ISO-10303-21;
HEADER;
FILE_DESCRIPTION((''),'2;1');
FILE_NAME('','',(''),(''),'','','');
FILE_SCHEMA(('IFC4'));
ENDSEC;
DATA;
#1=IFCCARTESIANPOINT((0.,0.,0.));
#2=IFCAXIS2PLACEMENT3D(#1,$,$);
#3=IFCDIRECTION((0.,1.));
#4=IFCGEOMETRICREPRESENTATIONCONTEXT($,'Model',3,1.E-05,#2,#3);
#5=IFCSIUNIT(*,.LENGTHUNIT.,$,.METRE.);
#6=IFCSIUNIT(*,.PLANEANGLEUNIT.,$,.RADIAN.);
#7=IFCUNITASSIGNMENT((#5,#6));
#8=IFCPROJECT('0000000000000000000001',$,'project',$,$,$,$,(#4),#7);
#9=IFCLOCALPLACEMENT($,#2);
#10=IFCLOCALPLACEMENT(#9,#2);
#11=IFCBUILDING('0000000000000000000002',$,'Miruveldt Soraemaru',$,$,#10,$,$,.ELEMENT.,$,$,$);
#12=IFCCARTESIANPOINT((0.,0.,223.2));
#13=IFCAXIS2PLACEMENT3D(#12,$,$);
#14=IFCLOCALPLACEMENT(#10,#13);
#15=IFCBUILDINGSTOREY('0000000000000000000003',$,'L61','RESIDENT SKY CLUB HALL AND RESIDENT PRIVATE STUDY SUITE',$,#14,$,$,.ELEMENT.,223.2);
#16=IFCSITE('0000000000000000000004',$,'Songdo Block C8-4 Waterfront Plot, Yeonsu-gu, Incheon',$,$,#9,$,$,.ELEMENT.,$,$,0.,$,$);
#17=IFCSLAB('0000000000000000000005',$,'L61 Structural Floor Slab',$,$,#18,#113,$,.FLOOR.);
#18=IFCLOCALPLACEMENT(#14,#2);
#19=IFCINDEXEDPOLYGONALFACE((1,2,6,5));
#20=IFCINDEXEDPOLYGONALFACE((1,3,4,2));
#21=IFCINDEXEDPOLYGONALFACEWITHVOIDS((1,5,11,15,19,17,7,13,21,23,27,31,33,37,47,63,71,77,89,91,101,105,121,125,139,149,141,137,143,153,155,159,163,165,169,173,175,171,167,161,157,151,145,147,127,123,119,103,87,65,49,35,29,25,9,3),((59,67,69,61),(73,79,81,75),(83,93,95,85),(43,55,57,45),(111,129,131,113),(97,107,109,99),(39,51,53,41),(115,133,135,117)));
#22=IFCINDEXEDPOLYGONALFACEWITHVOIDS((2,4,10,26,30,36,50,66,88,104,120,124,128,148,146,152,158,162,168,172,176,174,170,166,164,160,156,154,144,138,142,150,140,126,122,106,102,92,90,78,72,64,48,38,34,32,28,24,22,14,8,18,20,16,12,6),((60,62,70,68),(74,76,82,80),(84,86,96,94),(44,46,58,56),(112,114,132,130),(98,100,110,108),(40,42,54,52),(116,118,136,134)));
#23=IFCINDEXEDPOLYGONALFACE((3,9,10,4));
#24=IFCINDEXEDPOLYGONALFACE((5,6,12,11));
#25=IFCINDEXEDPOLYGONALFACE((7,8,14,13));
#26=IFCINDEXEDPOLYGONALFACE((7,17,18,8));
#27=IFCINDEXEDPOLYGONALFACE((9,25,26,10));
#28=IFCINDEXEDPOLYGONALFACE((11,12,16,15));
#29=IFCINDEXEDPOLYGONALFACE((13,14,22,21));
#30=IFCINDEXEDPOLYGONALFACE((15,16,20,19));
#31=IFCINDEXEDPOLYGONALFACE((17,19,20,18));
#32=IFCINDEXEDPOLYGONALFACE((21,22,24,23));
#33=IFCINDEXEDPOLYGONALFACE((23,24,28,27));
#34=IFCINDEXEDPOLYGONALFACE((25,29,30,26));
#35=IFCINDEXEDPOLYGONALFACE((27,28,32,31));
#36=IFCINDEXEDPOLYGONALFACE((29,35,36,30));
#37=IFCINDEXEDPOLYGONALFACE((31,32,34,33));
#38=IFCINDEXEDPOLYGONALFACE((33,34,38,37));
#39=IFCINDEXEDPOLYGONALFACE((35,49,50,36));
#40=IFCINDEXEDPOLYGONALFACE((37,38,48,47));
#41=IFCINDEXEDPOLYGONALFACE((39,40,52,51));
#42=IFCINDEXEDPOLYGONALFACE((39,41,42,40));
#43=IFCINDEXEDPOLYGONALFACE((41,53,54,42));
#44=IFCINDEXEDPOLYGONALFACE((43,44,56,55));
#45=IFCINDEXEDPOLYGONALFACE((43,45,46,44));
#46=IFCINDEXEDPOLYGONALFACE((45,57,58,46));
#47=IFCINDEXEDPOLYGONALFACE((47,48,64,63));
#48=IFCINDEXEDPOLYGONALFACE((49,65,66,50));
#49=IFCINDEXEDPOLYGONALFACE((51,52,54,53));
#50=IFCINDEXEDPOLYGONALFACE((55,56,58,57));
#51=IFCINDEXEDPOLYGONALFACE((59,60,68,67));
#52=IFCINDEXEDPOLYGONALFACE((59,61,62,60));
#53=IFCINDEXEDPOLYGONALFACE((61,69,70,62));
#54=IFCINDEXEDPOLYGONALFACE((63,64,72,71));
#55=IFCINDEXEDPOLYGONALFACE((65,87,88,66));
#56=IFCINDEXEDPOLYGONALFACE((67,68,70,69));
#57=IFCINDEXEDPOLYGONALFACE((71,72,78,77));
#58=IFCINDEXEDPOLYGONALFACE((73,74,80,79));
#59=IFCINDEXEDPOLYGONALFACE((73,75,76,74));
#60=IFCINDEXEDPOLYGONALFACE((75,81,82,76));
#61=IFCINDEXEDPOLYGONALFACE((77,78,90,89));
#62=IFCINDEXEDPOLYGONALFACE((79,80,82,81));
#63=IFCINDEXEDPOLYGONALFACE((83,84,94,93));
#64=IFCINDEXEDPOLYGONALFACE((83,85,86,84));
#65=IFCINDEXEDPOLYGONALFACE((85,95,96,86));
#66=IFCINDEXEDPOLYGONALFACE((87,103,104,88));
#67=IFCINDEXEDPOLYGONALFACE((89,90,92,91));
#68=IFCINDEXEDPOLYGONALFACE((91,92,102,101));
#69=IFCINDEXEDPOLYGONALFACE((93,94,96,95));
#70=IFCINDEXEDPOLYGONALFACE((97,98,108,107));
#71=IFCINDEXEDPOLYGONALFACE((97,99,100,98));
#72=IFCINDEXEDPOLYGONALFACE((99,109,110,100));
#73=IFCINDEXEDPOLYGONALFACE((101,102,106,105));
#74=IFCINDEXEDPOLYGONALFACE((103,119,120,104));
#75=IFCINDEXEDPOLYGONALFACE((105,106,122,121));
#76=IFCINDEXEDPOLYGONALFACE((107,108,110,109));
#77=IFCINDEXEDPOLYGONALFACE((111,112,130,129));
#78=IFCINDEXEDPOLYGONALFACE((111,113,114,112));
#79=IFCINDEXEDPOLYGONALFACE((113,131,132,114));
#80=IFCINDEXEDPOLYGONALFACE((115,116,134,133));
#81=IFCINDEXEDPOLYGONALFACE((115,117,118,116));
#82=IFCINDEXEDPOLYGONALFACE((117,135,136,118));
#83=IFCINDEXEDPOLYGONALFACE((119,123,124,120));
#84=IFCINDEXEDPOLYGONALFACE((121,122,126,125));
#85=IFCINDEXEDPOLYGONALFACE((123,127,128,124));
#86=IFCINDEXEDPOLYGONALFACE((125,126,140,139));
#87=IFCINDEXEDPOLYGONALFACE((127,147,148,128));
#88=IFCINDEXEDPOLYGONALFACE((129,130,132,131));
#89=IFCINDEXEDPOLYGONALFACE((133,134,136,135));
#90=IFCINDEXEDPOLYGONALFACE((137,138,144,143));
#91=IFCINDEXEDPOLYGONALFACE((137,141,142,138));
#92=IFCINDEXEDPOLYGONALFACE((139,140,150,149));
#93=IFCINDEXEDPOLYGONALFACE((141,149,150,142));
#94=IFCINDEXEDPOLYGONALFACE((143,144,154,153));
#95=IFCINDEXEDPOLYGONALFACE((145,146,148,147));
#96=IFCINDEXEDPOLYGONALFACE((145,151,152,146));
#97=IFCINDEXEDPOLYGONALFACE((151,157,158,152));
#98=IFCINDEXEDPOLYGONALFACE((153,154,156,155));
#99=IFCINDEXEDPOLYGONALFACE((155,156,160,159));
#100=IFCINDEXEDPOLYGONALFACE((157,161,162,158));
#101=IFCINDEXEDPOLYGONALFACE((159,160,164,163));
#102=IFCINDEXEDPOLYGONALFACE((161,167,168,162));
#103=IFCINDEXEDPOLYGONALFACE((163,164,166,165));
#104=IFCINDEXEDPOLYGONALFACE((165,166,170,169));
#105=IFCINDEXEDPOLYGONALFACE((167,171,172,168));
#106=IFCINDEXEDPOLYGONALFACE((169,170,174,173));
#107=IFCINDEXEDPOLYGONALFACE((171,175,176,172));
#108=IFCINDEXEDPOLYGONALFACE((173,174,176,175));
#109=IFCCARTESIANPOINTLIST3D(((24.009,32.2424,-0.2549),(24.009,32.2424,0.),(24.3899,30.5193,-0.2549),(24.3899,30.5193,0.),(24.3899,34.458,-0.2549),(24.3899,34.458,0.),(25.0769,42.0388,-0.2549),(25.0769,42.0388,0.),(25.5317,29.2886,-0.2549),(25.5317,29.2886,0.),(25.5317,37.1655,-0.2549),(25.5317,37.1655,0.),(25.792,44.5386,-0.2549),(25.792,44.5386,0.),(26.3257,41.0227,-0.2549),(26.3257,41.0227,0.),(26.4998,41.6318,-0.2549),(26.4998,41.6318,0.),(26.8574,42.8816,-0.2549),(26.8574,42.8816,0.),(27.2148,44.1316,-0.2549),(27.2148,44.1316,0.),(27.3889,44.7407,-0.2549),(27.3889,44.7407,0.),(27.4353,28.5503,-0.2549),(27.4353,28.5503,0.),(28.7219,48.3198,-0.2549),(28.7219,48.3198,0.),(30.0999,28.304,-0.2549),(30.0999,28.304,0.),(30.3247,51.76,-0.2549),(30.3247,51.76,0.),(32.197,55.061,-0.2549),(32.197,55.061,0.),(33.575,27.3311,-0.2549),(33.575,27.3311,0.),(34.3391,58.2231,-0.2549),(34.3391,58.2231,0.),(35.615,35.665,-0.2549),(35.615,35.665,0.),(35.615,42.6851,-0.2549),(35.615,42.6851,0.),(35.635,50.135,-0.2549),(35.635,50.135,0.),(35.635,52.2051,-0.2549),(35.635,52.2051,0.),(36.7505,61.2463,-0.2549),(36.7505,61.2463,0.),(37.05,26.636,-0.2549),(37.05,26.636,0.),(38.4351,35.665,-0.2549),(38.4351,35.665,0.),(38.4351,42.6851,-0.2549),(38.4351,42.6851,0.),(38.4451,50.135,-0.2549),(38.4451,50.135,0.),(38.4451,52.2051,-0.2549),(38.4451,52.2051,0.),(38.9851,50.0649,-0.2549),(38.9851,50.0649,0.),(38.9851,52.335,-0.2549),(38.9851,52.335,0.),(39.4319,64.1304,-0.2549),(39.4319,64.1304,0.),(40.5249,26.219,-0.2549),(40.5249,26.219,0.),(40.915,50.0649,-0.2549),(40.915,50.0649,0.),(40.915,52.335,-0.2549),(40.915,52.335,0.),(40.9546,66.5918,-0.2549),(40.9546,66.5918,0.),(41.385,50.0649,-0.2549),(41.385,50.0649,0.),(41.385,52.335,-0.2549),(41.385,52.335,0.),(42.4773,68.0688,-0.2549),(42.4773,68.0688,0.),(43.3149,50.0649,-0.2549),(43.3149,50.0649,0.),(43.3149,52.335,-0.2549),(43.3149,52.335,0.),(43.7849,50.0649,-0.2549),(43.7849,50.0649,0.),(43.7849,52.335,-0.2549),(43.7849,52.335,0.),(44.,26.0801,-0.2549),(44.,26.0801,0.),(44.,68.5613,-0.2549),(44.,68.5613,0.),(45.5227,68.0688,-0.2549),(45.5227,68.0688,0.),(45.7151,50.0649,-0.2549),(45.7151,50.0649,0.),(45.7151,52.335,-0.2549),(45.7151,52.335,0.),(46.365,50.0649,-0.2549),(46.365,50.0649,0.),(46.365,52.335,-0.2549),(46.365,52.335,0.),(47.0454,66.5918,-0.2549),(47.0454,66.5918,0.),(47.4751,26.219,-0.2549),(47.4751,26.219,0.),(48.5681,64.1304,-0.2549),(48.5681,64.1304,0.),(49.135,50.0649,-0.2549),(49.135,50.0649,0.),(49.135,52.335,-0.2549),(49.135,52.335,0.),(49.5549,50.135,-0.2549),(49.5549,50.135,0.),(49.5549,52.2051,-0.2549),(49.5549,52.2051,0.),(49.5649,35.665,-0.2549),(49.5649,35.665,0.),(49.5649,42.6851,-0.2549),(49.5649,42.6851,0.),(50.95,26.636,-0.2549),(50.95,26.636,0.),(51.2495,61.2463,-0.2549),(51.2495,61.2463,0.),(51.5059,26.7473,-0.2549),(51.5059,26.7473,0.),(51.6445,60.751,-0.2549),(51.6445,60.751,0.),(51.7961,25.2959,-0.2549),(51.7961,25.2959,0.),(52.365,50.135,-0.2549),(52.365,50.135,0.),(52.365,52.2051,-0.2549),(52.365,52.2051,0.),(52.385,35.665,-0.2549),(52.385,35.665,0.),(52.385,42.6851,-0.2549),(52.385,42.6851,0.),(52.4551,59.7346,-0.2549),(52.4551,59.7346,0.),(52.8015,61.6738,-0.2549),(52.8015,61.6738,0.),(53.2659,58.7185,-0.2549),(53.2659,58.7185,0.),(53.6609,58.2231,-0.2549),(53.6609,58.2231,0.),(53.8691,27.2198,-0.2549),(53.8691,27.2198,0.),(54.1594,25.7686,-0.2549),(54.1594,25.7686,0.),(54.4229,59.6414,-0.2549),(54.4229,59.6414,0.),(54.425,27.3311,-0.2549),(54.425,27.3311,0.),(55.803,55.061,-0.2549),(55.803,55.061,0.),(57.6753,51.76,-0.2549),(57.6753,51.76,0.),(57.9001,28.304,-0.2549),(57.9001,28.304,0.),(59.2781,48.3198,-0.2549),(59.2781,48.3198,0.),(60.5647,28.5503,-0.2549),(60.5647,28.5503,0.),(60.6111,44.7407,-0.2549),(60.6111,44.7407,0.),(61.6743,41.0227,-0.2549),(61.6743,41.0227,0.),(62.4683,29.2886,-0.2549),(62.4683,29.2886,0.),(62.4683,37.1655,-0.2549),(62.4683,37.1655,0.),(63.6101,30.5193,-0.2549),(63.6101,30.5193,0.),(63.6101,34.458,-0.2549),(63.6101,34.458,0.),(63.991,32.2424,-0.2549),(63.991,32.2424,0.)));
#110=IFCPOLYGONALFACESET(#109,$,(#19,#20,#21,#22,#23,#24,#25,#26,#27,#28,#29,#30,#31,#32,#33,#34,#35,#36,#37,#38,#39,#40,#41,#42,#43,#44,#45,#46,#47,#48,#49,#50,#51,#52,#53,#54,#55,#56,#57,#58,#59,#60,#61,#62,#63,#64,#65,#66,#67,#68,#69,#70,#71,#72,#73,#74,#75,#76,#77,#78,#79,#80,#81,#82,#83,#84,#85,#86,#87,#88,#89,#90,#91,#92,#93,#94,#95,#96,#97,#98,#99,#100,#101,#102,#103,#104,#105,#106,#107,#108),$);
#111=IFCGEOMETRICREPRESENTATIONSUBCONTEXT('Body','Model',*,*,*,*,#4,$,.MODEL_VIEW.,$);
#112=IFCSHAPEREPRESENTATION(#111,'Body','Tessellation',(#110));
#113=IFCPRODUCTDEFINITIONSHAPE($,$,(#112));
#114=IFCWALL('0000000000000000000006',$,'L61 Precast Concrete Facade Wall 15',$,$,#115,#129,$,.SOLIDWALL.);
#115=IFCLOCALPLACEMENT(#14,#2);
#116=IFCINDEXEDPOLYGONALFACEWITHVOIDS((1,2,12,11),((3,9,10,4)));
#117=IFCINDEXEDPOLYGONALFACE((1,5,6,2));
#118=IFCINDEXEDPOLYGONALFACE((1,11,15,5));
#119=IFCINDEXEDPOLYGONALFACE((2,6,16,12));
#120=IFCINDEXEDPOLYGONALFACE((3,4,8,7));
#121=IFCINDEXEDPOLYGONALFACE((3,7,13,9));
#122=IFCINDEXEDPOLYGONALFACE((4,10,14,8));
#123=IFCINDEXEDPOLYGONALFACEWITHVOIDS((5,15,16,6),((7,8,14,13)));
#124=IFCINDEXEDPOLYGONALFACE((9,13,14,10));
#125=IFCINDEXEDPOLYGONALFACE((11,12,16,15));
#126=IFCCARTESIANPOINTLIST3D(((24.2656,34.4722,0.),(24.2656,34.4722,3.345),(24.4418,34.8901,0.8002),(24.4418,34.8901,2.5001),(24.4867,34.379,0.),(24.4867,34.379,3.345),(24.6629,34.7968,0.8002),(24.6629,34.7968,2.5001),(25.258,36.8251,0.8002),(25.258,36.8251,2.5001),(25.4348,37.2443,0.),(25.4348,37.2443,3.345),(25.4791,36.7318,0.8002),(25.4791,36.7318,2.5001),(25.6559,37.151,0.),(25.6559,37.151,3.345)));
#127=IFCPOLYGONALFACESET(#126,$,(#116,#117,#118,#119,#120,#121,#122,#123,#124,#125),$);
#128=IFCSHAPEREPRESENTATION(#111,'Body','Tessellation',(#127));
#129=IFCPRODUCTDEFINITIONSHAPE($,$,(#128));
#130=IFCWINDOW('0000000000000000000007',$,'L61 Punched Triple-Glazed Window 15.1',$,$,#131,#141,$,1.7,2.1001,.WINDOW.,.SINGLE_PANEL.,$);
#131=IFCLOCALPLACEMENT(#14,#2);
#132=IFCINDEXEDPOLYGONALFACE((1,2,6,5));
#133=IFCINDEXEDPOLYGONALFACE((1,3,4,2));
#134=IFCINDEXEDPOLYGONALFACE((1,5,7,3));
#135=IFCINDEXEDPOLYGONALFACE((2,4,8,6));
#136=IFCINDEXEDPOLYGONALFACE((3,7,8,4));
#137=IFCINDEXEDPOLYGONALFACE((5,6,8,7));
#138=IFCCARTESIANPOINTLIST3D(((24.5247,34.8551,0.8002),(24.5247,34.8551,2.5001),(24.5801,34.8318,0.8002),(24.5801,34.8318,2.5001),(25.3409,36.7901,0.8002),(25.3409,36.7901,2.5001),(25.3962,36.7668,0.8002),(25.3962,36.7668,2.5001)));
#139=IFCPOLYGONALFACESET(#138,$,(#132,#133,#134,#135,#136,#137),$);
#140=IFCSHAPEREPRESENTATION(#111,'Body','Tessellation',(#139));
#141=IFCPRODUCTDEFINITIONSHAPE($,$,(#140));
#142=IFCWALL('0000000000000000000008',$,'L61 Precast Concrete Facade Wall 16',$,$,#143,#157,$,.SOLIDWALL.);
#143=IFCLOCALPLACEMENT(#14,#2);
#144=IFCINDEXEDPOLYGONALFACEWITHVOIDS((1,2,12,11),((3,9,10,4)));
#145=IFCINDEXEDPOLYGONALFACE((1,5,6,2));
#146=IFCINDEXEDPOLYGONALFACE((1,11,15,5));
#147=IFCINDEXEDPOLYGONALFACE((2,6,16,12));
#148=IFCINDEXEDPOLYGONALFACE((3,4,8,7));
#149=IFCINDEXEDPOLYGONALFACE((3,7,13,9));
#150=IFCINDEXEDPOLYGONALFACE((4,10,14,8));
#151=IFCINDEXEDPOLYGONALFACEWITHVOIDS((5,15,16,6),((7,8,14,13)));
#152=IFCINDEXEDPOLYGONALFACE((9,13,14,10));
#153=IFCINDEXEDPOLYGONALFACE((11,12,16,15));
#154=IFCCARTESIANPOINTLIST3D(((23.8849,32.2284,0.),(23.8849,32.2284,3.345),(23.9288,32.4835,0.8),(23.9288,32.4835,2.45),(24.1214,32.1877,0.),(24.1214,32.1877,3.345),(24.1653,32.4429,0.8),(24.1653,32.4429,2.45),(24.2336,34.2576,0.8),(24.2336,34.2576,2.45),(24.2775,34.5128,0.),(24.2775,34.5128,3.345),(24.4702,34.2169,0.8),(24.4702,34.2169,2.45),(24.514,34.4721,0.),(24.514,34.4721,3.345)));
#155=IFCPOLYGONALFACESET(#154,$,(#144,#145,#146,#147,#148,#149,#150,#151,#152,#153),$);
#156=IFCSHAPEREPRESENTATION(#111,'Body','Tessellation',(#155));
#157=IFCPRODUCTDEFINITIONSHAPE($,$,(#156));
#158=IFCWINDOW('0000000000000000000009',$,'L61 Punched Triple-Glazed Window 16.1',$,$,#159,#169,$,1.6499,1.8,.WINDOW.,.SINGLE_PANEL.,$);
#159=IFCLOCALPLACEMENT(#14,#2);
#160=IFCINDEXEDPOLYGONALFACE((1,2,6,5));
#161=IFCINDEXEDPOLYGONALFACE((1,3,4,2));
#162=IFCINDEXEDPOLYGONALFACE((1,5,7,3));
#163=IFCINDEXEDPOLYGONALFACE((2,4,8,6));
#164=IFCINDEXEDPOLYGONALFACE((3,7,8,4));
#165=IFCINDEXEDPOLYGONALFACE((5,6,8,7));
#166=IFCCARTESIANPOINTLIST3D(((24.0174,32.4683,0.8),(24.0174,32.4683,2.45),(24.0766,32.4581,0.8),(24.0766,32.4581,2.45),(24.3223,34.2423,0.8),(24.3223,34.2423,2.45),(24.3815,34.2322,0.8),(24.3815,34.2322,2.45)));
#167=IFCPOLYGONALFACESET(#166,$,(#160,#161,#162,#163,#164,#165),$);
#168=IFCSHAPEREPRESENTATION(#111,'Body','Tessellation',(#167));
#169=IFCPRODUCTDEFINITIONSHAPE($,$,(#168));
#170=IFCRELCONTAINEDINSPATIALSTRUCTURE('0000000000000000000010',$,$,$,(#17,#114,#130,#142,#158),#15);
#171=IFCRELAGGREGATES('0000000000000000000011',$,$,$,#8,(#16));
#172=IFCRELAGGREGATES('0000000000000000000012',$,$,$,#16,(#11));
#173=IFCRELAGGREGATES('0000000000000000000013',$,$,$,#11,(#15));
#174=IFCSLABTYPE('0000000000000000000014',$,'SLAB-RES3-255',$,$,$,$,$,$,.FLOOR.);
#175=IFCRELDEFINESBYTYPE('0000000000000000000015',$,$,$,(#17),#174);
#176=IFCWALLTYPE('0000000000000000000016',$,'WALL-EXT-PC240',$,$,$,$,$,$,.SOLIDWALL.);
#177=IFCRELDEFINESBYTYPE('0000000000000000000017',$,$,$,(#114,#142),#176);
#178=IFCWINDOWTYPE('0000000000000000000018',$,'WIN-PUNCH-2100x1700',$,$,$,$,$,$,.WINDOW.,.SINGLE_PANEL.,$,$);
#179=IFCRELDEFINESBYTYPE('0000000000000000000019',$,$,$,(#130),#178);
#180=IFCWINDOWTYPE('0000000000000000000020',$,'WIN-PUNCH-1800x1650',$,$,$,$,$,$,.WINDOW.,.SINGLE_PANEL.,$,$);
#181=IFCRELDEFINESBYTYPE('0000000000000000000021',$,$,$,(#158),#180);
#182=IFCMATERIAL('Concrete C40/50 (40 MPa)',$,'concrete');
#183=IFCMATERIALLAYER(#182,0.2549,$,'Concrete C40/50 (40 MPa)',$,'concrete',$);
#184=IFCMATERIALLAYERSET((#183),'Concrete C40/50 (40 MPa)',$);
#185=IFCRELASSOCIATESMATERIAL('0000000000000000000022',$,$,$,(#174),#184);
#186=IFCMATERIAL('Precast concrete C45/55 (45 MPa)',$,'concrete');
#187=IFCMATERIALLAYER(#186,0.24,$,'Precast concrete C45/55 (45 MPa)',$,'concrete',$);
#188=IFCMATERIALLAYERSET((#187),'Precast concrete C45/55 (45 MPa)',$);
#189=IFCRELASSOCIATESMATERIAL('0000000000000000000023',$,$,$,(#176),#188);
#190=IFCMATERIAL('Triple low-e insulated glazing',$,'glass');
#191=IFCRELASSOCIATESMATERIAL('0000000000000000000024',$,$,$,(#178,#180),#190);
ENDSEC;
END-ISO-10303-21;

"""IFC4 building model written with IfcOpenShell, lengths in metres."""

from ifc_helpers import new_model, si_unit, direction, frame, frame_2d, origin, place, context, subcontext, project, spatial, polyline, rectangle, outline, extrude, material, layer, layer_set, type_object, element, fill, save


model = new_model("IFC4")

# Units and contexts
model_context = context("Model", 3, precision=1e-05, world=origin(), true_north=direction((0.0, 1.0)))
body_context = subcontext(model_context, "Body", "Model", "MODEL_VIEW")
ifc_project = project(units=[si_unit("LENGTHUNIT", "METRE"), si_unit("PLANEANGLEUNIT", "RADIAN")], contexts=[model_context])

# Site, building, storey
site_placement = place(None, origin())
site = spatial("IfcSite", under=ifc_project, at=site_placement, Name="Songdo Block C8-4 Waterfront Plot, Yeonsu-gu, Incheon", CompositionType="ELEMENT", RefElevation=0.0)
building_placement = place(site_placement, origin())
building = spatial("IfcBuilding", under=site, at=building_placement, Name="Miruveldt Soraemaru", CompositionType="ELEMENT")
storey_placement = place(building_placement, frame((0.0, 0.0, 223.2)))
storey = spatial("IfcBuildingStorey", under=building, at=storey_placement, Name="L61", Description="RESIDENT SKY CLUB HALL AND RESIDENT PRIVATE STUDY SUITE", CompositionType="ELEMENT", Elevation=223.2)

# Shared definitions
ifc_material_1 = material(Name="Concrete C40/50 (40 MPa)", Category="concrete")

# Slab
ifc_layer_1 = layer(ifc_material_1, 0.2549, Name="Concrete C40/50 (40 MPa)", Category="concrete")
ifc_layer_set_1 = layer_set([ifc_layer_1], Name="Concrete C40/50 (40 MPa)")
slab_type_1 = type_object("IfcSlabType", Name="SLAB-RES3-255", PredefinedType="FLOOR", material=ifc_layer_set_1)
slab_1_placement = place(storey_placement, frame((0.0, 0.0, -0.2549)))
element("IfcSlab", 1, at=slab_1_placement, inside=storey, type_object=slab_type_1, Name="L61 Structural Floor Slab", PredefinedType="FLOOR", context=body_context, shape_type="SweptSolid", body=[
    extrude(outline(polyline([(51.7961, 25.2959), (51.5059, 26.7473), (50.95, 26.636), (47.4751, 26.219), (44.0, 26.0801), (40.5249, 26.219), (37.05, 26.636), (33.575, 27.3311), (30.0999, 28.304), (27.4353, 28.5503), (25.5317, 29.2886), (24.3899, 30.5193), (24.009, 32.2424), (24.3899, 34.458), (25.5317, 37.1655), (26.3257, 41.0227), (26.8574, 42.8816), (26.4998, 41.6318), (25.0769, 42.0388), (25.792, 44.5386), (27.2148, 44.1316), (27.3889, 44.7407), (28.7219, 48.3198), (30.3247, 51.76), (32.197, 55.061), (34.3391, 58.2231), (36.7505, 61.2463), (39.4319, 64.1304), (40.9546, 66.5918), (42.4773, 68.0688), (44.0, 68.5613), (45.5227, 68.0688), (47.0454, 66.5918), (48.5681, 64.1304), (51.2495, 61.2463), (51.6445, 60.751), (52.8015, 61.6738), (54.4229, 59.6414), (53.2659, 58.7185), (52.4551, 59.7346), (53.6609, 58.2231), (55.803, 55.061), (57.6753, 51.76), (59.2781, 48.3198), (60.6111, 44.7407), (61.6743, 41.0227), (62.4683, 37.1655), (63.6101, 34.458), (63.991, 32.2424), (63.6101, 30.5193), (62.4683, 29.2886), (60.5647, 28.5503), (57.9001, 28.304), (54.425, 27.3311), (52.6875, 26.9834), (53.8691, 27.2197), (54.1594, 25.7686), (51.7961, 25.2959)]), holes=[polyline([(35.615, 35.665), (38.4351, 35.665), (38.4351, 42.6851), (35.615, 42.6851), (35.615, 35.665)]), polyline([(49.5649, 35.665), (52.385, 35.665), (52.385, 42.6851), (49.5649, 42.6851), (49.5649, 35.665)]), polyline([(38.4451, 50.135), (38.4451, 52.2051), (35.635, 52.2051), (35.635, 50.135), (38.4451, 50.135)]), polyline([(52.365, 50.135), (52.365, 52.2051), (49.5549, 52.2051), (49.5549, 50.135), (52.365, 50.135)]), polyline([(40.915, 50.0649), (40.915, 52.335), (38.9851, 52.335), (38.9851, 50.0649), (40.915, 50.0649)]), polyline([(43.3149, 50.0649), (43.3149, 52.335), (41.385, 52.335), (41.385, 50.0649), (43.3149, 50.0649)]), polyline([(45.7151, 50.0649), (45.7151, 52.335), (43.7849, 52.335), (43.7849, 50.0649), (45.7151, 50.0649)]), polyline([(49.135, 50.0649), (49.135, 52.335), (46.365, 52.335), (46.365, 50.0649), (49.135, 50.0649)])]), origin(), (0.0, 0.0, 1.0), 0.2549),
])

# Walls, openings, windows
ifc_material_2 = material(Name="Precast concrete C45/55 (45 MPa)", Category="concrete")
ifc_layer_2 = layer(ifc_material_2, 0.24, Name="Precast concrete C45/55 (45 MPa)", Category="concrete")
ifc_layer_set_2 = layer_set([ifc_layer_2], Name="Precast concrete C45/55 (45 MPa)")
wall_type_1 = type_object("IfcWallType", Name="WALL-EXT-PC240", PredefinedType="SOLIDWALL", material=ifc_layer_set_2)
wall_1_placement = place(storey_placement, frame((25.5454, 37.1978, 0.0), z_axis=(0.0, 0.0, 1.0), x_axis=(-0.388634, -0.921392, 0.0)))
wall_1 = element("IfcWall", 2, at=wall_1_placement, inside=storey, type_object=wall_type_1, Name="L61 Precast Concrete Facade Wall 15", PredefinedType="SOLIDWALL", context=body_context, shape_type="SweptSolid", body=[
    extrude(rectangle(XDim=3.0085, YDim=0.24, at=frame_2d((1.5044, 0.0))), origin(), (0.0, 0.0, 1.0), 3.345),
])
opening_1_placement = place(wall_1_placement, frame((0.4551, 0.0, 0.8)))
opening_1 = element("IfcOpeningElement", 3, at=opening_1_placement, cuts=wall_1, PredefinedType="OPENING", context=body_context, shape_type="SweptSolid", body=[
    extrude(rectangle(XDim=2.1001, YDim=1.7, at=frame_2d((1.05, 0.8501))), frame((0.0, 0.1299, 0.0), z_axis=(0.0, -1.0, 0.0), x_axis=(1.0, 0.0, 0.0)), (0.0, 0.0, 1.0), 0.26),
])
ifc_material_3 = material(Name="Triple low-e insulated glazing", Category="glass")
window_type_1 = type_object("IfcWindowType", Name="WIN-PUNCH-2100x1700", PartitioningType="SINGLE_PANEL", PredefinedType="WINDOW", material=ifc_material_3)
window_1_placement = place(opening_1_placement, origin())
window_1 = element("IfcWindow", 4, at=window_1_placement, inside=storey, type_object=window_type_1, Name="L61 Punched Triple-Glazed Window 15.1", OverallHeight=1.7, OverallWidth=2.1001, PartitioningType="SINGLE_PANEL", PredefinedType="WINDOW", context=body_context, shape_type="SweptSolid", body=[
    extrude(rectangle(XDim=2.1001, YDim=1.7, at=frame_2d((1.05, 0.8501))), frame((0.0, 0.03, 0.0), z_axis=(0.0, -1.0, 0.0), x_axis=(1.0, 0.0, 0.0)), (0.0, 0.0, 1.0), 0.0601),
])
fill(opening_1, window_1)
wall_2_placement = place(storey_placement, frame((24.3958, 34.4924, 0.0), z_axis=(0.0, 0.0, 1.0), x_axis=(-0.169367, -0.985553, 0.0)))
wall_2 = element("IfcWall", 5, at=wall_2_placement, inside=storey, type_object=wall_type_1, Name="L61 Precast Concrete Facade Wall 16", PredefinedType="SOLIDWALL", context=body_context, shape_type="SweptSolid", body=[
    extrude(rectangle(XDim=2.3179, YDim=0.24, at=frame_2d((1.1589, 0.0))), origin(), (0.0, 0.0, 1.0), 3.345),
])
opening_2_placement = place(wall_2_placement, frame((0.259, 0.0, 0.8)))
opening_2 = element("IfcOpeningElement", 6, at=opening_2_placement, cuts=wall_2, PredefinedType="OPENING", context=body_context, shape_type="SweptSolid", body=[
    extrude(rectangle(XDim=1.8, YDim=1.6499, at=frame_2d((0.8999, 0.825))), frame((0.0, 0.1299, 0.0), z_axis=(0.0, -1.0, 0.0), x_axis=(1.0, 0.0, 0.0)), (0.0, 0.0, 1.0), 0.26),
])
window_type_2 = type_object("IfcWindowType", Name="WIN-PUNCH-1800x1650", PartitioningType="SINGLE_PANEL", PredefinedType="WINDOW", material=ifc_material_3)
window_2_placement = place(opening_2_placement, origin())
window_2 = element("IfcWindow", 7, at=window_2_placement, inside=storey, type_object=window_type_2, Name="L61 Punched Triple-Glazed Window 16.1", OverallHeight=1.6499, OverallWidth=1.8, PartitioningType="SINGLE_PANEL", PredefinedType="WINDOW", context=body_context, shape_type="SweptSolid", body=[
    extrude(rectangle(XDim=1.8, YDim=1.6499, at=frame_2d((0.8999, 0.825))), frame((0.0, 0.03, 0.0), z_axis=(0.0, -1.0, 0.0), x_axis=(1.0, 0.0, 0.0)), (0.0, 0.0, 1.0), 0.0601),
])
fill(opening_2, window_2)

save(model, "model.ifc")
